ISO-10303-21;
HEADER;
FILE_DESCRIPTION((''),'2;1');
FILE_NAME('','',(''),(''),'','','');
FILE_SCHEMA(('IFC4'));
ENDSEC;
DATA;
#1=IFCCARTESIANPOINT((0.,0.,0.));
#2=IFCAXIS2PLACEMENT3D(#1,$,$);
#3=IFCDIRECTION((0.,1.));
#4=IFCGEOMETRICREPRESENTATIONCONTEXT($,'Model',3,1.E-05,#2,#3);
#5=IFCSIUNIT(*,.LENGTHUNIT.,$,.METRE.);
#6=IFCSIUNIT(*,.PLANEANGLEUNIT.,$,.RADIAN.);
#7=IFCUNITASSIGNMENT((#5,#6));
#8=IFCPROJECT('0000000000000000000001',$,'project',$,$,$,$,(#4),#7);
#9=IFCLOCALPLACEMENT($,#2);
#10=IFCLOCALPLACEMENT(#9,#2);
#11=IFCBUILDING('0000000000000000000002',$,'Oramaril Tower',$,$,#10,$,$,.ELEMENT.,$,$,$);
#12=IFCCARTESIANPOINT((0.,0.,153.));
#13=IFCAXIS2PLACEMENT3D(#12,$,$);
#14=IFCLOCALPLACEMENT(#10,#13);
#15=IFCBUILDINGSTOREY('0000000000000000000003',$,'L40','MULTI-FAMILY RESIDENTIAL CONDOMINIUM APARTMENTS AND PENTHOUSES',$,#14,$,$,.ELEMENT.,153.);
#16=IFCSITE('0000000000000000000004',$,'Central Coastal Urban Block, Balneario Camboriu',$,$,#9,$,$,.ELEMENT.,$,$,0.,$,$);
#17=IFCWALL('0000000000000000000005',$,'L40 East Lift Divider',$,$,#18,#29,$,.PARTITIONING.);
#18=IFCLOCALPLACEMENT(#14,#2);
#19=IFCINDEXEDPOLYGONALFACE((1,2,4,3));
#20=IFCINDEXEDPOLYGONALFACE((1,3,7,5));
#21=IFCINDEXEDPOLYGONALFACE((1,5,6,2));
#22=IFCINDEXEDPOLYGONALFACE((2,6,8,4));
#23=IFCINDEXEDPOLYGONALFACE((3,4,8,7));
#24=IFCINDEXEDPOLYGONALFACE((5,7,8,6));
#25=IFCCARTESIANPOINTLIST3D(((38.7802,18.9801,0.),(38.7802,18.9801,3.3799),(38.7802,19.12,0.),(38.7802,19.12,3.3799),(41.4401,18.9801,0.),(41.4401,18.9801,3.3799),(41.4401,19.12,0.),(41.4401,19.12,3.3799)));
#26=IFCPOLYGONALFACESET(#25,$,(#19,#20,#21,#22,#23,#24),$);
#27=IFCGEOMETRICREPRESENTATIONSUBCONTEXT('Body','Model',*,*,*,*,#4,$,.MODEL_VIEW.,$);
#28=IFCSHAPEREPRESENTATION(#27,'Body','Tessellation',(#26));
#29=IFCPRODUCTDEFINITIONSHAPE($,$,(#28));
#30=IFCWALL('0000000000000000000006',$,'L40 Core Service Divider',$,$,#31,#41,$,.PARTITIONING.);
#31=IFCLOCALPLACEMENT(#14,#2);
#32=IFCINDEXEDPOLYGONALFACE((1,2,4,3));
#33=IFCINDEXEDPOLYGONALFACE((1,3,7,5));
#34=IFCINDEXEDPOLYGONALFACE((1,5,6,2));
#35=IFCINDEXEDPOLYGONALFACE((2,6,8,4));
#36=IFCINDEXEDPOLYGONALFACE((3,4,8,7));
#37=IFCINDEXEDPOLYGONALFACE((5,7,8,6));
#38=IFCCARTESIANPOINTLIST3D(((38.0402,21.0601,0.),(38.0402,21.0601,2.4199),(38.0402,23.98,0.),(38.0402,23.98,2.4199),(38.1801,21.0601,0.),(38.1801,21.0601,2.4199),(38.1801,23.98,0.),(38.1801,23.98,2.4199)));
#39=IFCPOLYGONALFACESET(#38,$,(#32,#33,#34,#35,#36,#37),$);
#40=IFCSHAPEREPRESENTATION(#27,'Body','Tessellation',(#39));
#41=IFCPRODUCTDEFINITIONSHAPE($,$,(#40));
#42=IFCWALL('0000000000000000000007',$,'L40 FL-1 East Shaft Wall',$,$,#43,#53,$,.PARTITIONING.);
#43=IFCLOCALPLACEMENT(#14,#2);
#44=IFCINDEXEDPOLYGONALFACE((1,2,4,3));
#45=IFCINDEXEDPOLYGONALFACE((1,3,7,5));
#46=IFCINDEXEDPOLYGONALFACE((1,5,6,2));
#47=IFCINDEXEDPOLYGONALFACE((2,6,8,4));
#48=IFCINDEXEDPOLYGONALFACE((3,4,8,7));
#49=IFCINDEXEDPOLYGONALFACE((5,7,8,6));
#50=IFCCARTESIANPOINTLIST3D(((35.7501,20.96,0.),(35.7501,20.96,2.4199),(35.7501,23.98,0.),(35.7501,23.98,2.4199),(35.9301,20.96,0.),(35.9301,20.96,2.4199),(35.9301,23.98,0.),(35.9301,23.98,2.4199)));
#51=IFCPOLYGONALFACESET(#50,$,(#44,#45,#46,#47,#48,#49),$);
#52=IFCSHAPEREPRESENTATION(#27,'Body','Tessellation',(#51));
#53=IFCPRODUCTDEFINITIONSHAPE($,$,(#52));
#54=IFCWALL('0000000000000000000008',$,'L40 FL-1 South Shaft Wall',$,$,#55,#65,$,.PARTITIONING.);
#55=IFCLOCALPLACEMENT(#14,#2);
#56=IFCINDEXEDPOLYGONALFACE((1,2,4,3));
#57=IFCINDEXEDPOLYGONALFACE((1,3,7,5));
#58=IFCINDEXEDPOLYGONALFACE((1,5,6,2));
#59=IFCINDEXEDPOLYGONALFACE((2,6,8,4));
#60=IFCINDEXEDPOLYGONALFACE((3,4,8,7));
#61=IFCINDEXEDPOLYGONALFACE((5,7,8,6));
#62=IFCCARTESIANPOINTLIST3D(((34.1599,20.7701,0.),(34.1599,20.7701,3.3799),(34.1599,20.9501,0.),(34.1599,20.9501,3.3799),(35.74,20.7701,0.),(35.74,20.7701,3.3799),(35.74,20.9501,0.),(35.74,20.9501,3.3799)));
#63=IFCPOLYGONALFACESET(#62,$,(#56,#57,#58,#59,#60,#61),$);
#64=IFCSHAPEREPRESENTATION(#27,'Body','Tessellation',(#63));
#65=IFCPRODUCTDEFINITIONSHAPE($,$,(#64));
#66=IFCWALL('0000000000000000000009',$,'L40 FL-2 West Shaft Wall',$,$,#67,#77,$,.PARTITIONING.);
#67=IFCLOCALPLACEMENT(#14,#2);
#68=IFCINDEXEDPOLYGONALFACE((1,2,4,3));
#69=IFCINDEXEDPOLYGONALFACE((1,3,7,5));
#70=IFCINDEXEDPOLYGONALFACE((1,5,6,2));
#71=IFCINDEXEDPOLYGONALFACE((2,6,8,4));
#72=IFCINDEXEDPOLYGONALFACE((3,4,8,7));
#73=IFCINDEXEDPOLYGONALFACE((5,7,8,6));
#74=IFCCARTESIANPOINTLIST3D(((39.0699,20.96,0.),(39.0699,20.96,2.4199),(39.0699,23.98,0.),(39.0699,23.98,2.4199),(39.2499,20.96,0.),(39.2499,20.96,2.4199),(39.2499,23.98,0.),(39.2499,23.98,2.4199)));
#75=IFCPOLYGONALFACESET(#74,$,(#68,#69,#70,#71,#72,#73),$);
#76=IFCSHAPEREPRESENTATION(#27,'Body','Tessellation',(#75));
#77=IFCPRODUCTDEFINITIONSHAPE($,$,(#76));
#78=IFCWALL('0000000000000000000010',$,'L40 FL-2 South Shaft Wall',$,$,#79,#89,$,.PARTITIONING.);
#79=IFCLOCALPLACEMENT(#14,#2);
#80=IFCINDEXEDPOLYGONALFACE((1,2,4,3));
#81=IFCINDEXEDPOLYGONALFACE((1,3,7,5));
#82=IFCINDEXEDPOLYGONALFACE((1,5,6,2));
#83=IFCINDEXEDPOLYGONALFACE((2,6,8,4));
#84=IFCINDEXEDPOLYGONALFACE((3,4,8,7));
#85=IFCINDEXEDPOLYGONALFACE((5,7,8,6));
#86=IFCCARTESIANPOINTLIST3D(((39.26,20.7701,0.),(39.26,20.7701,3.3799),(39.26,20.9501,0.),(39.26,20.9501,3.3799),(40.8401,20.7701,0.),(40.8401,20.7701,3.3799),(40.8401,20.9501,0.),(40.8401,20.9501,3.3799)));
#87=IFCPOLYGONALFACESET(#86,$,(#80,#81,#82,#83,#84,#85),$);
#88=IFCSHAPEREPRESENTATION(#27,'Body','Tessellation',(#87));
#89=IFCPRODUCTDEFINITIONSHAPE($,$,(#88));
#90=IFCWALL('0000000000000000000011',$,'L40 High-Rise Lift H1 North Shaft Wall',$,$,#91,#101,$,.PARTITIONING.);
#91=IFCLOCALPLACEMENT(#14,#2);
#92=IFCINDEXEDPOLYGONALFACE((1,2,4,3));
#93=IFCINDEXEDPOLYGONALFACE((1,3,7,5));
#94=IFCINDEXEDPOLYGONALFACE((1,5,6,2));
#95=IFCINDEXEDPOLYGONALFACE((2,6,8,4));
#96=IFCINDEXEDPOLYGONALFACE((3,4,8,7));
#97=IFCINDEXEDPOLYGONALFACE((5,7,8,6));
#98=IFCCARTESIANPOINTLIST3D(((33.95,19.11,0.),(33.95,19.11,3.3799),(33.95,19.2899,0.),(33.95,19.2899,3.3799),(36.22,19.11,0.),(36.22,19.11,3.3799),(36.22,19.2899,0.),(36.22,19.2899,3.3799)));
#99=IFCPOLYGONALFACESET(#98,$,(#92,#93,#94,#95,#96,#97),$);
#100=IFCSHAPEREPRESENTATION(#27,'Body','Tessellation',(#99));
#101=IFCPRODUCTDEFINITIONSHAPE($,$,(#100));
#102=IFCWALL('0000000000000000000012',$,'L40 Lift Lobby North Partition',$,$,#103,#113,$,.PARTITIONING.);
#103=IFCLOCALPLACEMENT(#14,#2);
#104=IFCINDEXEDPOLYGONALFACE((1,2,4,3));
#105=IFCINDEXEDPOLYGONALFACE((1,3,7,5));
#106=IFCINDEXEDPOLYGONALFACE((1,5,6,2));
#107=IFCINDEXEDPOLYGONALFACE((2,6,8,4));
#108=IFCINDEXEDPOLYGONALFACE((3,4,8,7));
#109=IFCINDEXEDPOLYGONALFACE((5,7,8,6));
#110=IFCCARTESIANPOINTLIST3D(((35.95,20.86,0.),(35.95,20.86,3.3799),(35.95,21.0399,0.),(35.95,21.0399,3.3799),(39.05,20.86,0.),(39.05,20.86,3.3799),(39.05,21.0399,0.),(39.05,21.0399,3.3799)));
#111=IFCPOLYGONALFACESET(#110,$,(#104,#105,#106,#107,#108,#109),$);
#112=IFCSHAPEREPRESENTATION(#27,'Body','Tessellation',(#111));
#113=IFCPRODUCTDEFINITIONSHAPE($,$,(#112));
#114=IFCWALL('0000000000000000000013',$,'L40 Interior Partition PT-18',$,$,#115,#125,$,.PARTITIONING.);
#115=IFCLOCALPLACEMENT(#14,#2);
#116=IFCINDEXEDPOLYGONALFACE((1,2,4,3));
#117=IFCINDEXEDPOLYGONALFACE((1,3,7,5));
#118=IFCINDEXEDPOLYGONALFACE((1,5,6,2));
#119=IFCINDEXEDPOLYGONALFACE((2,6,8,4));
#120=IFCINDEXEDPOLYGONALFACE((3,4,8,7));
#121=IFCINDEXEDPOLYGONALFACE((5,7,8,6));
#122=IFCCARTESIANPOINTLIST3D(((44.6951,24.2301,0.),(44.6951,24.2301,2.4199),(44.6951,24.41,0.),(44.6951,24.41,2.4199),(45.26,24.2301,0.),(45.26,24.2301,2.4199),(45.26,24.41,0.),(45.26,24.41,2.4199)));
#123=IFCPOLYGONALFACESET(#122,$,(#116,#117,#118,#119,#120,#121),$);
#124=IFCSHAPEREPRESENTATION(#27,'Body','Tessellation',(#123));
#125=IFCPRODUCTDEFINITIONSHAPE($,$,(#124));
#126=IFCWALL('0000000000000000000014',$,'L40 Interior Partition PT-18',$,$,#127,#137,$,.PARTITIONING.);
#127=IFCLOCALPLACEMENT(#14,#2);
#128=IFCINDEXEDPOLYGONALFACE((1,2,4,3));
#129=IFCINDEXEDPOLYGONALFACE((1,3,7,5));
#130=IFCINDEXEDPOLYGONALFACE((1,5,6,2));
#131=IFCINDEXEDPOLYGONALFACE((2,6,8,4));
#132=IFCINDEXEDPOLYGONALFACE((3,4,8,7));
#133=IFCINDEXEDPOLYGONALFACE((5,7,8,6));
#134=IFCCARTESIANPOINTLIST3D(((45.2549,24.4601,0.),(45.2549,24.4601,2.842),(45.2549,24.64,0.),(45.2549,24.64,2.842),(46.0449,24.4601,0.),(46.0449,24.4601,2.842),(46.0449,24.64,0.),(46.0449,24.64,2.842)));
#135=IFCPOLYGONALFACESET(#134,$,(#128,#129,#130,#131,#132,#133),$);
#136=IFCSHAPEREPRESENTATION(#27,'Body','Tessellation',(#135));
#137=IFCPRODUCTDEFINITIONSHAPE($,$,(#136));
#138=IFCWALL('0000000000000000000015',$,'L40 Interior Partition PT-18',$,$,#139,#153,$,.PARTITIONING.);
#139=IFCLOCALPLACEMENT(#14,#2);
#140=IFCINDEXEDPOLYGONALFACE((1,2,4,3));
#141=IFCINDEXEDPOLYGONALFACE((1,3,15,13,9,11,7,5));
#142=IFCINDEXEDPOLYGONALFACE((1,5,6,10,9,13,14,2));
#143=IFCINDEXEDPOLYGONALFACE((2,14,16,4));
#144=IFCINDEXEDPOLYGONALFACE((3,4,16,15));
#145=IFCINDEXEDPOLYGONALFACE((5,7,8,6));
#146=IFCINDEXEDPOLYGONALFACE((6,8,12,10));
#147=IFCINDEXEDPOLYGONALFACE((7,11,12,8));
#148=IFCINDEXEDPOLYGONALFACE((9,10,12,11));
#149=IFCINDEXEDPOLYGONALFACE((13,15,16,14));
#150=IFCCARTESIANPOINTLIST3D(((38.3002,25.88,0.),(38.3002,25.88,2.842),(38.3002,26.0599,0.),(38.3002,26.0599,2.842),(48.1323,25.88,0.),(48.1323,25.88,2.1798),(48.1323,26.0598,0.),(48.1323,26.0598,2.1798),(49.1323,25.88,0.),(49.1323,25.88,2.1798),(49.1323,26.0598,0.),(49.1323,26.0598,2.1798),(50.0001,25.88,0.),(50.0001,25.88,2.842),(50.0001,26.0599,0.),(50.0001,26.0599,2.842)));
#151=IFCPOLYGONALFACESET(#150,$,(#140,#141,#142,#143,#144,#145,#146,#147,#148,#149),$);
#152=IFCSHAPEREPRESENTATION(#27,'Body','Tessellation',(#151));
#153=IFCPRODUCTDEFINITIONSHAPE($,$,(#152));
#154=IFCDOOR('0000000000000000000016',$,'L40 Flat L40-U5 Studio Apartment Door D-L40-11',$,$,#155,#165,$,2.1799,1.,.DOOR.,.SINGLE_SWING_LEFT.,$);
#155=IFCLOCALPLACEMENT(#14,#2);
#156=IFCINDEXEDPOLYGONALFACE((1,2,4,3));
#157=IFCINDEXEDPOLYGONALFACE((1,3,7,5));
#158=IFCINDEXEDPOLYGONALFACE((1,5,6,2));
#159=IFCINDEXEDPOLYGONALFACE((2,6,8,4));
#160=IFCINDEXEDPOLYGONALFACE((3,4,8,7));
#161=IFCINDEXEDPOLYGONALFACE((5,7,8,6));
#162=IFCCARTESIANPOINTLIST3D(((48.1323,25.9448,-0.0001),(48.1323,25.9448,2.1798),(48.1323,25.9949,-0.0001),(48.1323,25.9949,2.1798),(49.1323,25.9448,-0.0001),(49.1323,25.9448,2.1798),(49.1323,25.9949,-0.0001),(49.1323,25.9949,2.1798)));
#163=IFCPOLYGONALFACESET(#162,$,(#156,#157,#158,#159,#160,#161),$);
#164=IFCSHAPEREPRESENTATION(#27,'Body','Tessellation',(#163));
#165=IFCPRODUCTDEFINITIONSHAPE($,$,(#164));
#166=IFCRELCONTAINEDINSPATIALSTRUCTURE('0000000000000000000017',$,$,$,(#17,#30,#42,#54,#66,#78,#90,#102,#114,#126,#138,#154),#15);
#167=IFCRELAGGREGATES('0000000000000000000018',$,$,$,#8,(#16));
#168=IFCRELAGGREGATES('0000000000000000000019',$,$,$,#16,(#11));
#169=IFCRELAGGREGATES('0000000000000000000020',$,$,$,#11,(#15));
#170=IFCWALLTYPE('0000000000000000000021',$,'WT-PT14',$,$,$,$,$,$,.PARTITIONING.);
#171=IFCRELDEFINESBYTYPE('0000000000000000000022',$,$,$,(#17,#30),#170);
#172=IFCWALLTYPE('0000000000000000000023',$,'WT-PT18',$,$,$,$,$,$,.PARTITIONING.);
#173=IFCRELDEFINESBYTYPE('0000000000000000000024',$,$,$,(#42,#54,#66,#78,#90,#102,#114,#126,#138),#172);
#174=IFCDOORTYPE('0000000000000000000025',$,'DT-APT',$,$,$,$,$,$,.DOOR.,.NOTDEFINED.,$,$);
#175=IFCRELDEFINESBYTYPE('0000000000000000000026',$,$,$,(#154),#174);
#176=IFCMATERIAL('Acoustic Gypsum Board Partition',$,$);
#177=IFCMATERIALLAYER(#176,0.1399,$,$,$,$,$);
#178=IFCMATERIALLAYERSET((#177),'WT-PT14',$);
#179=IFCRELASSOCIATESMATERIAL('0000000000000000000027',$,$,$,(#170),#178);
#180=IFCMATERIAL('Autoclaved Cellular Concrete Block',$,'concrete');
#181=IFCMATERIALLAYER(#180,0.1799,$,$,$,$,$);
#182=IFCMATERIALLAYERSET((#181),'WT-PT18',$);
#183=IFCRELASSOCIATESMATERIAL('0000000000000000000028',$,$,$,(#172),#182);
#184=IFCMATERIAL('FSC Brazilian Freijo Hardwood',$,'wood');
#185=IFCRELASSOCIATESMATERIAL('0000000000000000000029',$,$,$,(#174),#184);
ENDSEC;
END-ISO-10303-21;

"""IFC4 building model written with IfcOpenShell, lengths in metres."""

from ifc_helpers import new_model, si_unit, direction, frame, frame_2d, origin, place, context, subcontext, project, spatial, rectangle, extrude, material, layer, layer_set, type_object, element, fill, save


model = new_model("IFC4")

# Units and contexts
model_context = context("Model", 3, precision=1e-05, world=origin(), true_north=direction((0.0, 1.0)))
body_context = subcontext(model_context, "Body", "Model", "MODEL_VIEW")
ifc_project = project(units=[si_unit("LENGTHUNIT", "METRE"), si_unit("PLANEANGLEUNIT", "RADIAN")], contexts=[model_context])

# Site, building, storey
site_placement = place(None, origin())
site = spatial("IfcSite", under=ifc_project, at=site_placement, Name="Central Coastal Urban Block, Balneario Camboriu", CompositionType="ELEMENT", RefElevation=0.0)
building_placement = place(site_placement, origin())
building = spatial("IfcBuilding", under=site, at=building_placement, Name="Oramaril Tower", CompositionType="ELEMENT")
storey_placement = place(building_placement, frame((0.0, 0.0, 153.0)))
storey = spatial("IfcBuildingStorey", under=building, at=storey_placement, Name="L40", Description="MULTI-FAMILY RESIDENTIAL CONDOMINIUM APARTMENTS AND PENTHOUSES", CompositionType="ELEMENT", Elevation=153.0)

# Walls
ifc_material_1 = material(Name="Acoustic Gypsum Board Partition")
ifc_layer_1 = layer(ifc_material_1, 0.1399)
ifc_layer_set_1 = layer_set([ifc_layer_1], Name="WT-PT14")
wall_type_1 = type_object("IfcWallType", Name="WT-PT14", PredefinedType="PARTITIONING", material=ifc_layer_set_1)
wall_1_placement = place(storey_placement, frame((38.78, 19.05, 0.0), z_axis=(0.0, 0.0, 1.0), x_axis=(1.0, 0.0, 0.0)))
element("IfcWall", 1, at=wall_1_placement, inside=storey, type_object=wall_type_1, Name="L40 East Lift Divider", PredefinedType="PARTITIONING", context=body_context, shape_type="SweptSolid", body=[
    extrude(rectangle(XDim=2.6599, YDim=0.1399, at=frame_2d((1.3301, 0.0))), origin(), (0.0, 0.0, 1.0), 3.3799),
])
wall_2_placement = place(storey_placement, frame((38.1101, 21.0601, 0.0), z_axis=(0.0, 0.0, 1.0), x_axis=(0.0, 1.0, 0.0)))
element("IfcWall", 2, at=wall_2_placement, inside=storey, type_object=wall_type_1, Name="L40 Core Service Divider", PredefinedType="PARTITIONING", context=body_context, shape_type="SweptSolid", body=[
    extrude(rectangle(XDim=2.9199, YDim=0.1399, at=frame_2d((1.46, 0.0))), origin(), (0.0, 0.0, 1.0), 2.4199),
])
ifc_material_2 = material(Name="Autoclaved Cellular Concrete Block", Category="concrete")
ifc_layer_2 = layer(ifc_material_2, 0.1799)
ifc_layer_set_2 = layer_set([ifc_layer_2], Name="WT-PT18")
wall_type_2 = type_object("IfcWallType", Name="WT-PT18", PredefinedType="PARTITIONING", material=ifc_layer_set_2)
wall_3_placement = place(storey_placement, frame((35.8401, 20.96, 0.0), z_axis=(0.0, 0.0, 1.0), x_axis=(0.0, 1.0, 0.0)))
element("IfcWall", 3, at=wall_3_placement, inside=storey, type_object=wall_type_2, Name="L40 FL-1 East Shaft Wall", PredefinedType="PARTITIONING", context=body_context, shape_type="SweptSolid", body=[
    extrude(rectangle(XDim=3.02, YDim=0.1799, at=frame_2d((1.51, 0.0))), origin(), (0.0, 0.0, 1.0), 2.4199),
])
wall_4_placement = place(storey_placement, frame((34.1599, 20.8601, 0.0), z_axis=(0.0, 0.0, 1.0), x_axis=(1.0, 0.0, 0.0)))
element("IfcWall", 4, at=wall_4_placement, inside=storey, type_object=wall_type_2, Name="L40 FL-1 South Shaft Wall", PredefinedType="PARTITIONING", context=body_context, shape_type="SweptSolid", body=[
    extrude(rectangle(XDim=1.5801, YDim=0.1799, at=frame_2d((0.79, 0.0))), origin(), (0.0, 0.0, 1.0), 3.3799),
])
wall_5_placement = place(storey_placement, frame((39.1599, 20.96, 0.0), z_axis=(0.0, 0.0, 1.0), x_axis=(0.0, 1.0, 0.0)))
element("IfcWall", 5, at=wall_5_placement, inside=storey, type_object=wall_type_2, Name="L40 FL-2 West Shaft Wall", PredefinedType="PARTITIONING", context=body_context, shape_type="SweptSolid", body=[
    extrude(rectangle(XDim=3.02, YDim=0.1799, at=frame_2d((1.51, 0.0))), origin(), (0.0, 0.0, 1.0), 2.4199),
])
wall_6_placement = place(storey_placement, frame((39.26, 20.8601, 0.0), z_axis=(0.0, 0.0, 1.0), x_axis=(1.0, 0.0, 0.0)))
element("IfcWall", 6, at=wall_6_placement, inside=storey, type_object=wall_type_2, Name="L40 FL-2 South Shaft Wall", PredefinedType="PARTITIONING", context=body_context, shape_type="SweptSolid", body=[
    extrude(rectangle(XDim=1.5801, YDim=0.1799, at=frame_2d((0.79, 0.0))), origin(), (0.0, 0.0, 1.0), 3.3799),
])
wall_7_placement = place(storey_placement, frame((33.95, 19.2, 0.0), z_axis=(0.0, 0.0, 1.0), x_axis=(1.0, 0.0, 0.0)))
element("IfcWall", 7, at=wall_7_placement, inside=storey, type_object=wall_type_2, Name="L40 High-Rise Lift H1 North Shaft Wall", PredefinedType="PARTITIONING", context=body_context, shape_type="SweptSolid", body=[
    extrude(rectangle(XDim=2.27, YDim=0.1799, at=frame_2d((1.135, 0.0))), origin(), (0.0, 0.0, 1.0), 3.3799),
])
wall_8_placement = place(storey_placement, frame((35.95, 20.95, 0.0), z_axis=(0.0, 0.0, 1.0), x_axis=(1.0, 0.0, 0.0)))
element("IfcWall", 8, at=wall_8_placement, inside=storey, type_object=wall_type_2, Name="L40 Lift Lobby North Partition", PredefinedType="PARTITIONING", context=body_context, shape_type="SweptSolid", body=[
    extrude(rectangle(XDim=3.1001, YDim=0.1799, at=frame_2d((1.55, 0.0))), origin(), (0.0, 0.0, 1.0), 3.3799),
])
wall_9_placement = place(storey_placement, frame((44.6951, 24.3201, 0.0), z_axis=(0.0, 0.0, 1.0), x_axis=(1.0, 0.0, 0.0)))
element("IfcWall", 9, at=wall_9_placement, inside=storey, type_object=wall_type_2, Name="L40 Interior Partition PT-18", PredefinedType="PARTITIONING", context=body_context, shape_type="SweptSolid", body=[
    extrude(rectangle(XDim=0.5649, YDim=0.1799, at=frame_2d((0.2825, 0.0))), origin(), (0.0, 0.0, 1.0), 2.4199),
])
wall_10_placement = place(storey_placement, frame((45.2549, 24.55, 0.0), z_axis=(0.0, 0.0, 1.0), x_axis=(1.0, 0.0, 0.0)))
element("IfcWall", 10, at=wall_10_placement, inside=storey, type_object=wall_type_2, Name="L40 Interior Partition PT-18", PredefinedType="PARTITIONING", context=body_context, shape_type="SweptSolid", body=[
    extrude(rectangle(XDim=0.79, YDim=0.1799, at=frame_2d((0.395, 0.0))), origin(), (0.0, 0.0, 1.0), 2.842),
])

# Wall, opening, door
wall_11_placement = place(storey_placement, frame((38.3, 25.97, 0.0), z_axis=(0.0, 0.0, 1.0), x_axis=(1.0, 0.0, 0.0)))
wall_11 = element("IfcWall", 11, at=wall_11_placement, inside=storey, type_object=wall_type_2, Name="L40 Interior Partition PT-18", PredefinedType="PARTITIONING", context=body_context, shape_type="SweptSolid", body=[
    extrude(rectangle(XDim=11.7, YDim=0.1799, at=frame_2d((5.8501, 0.0))), origin(), (0.0, 0.0, 1.0), 2.842),
])
opening_1_placement = place(wall_11_placement, frame((9.8323, 0.0, 0.0)))
opening_1 = element("IfcOpeningElement", 12, at=opening_1_placement, cuts=wall_11, PredefinedType="OPENING", context=body_context, shape_type="SweptSolid", body=[
    extrude(rectangle(XDim=1.0, YDim=2.1799, at=frame_2d((0.5, 1.0898))), frame((0.0, 0.0898, 0.0), z_axis=(0.0, -1.0, 0.0), x_axis=(1.0, 0.0, 0.0)), (0.0, 0.0, 1.0), 0.1799),
])
ifc_material_3 = material(Name="FSC Brazilian Freijo Hardwood", Category="wood")
door_type_1 = type_object("IfcDoorType", Name="DT-APT", OperationType="NOTDEFINED", PredefinedType="DOOR", material=ifc_material_3)
door_1_placement = place(opening_1_placement, origin())
door_1 = element("IfcDoor", 13, at=door_1_placement, inside=storey, type_object=door_type_1, Name="L40 Flat L40-U5 Studio Apartment Door D-L40-11", OperationType="SINGLE_SWING_LEFT", OverallHeight=2.1799, OverallWidth=1.0, PredefinedType="DOOR", context=body_context, shape_type="SweptSolid", body=[
    extrude(rectangle(XDim=1.0, YDim=2.1799, at=frame_2d((0.5, 1.0898))), frame((0.0, 0.0249, 0.0), z_axis=(0.0, -1.0, 0.0), x_axis=(1.0, 0.0, 0.0)), (0.0, 0.0, 1.0), 0.05),
])
fill(opening_1, door_1)

save(model, "model.ifc")
